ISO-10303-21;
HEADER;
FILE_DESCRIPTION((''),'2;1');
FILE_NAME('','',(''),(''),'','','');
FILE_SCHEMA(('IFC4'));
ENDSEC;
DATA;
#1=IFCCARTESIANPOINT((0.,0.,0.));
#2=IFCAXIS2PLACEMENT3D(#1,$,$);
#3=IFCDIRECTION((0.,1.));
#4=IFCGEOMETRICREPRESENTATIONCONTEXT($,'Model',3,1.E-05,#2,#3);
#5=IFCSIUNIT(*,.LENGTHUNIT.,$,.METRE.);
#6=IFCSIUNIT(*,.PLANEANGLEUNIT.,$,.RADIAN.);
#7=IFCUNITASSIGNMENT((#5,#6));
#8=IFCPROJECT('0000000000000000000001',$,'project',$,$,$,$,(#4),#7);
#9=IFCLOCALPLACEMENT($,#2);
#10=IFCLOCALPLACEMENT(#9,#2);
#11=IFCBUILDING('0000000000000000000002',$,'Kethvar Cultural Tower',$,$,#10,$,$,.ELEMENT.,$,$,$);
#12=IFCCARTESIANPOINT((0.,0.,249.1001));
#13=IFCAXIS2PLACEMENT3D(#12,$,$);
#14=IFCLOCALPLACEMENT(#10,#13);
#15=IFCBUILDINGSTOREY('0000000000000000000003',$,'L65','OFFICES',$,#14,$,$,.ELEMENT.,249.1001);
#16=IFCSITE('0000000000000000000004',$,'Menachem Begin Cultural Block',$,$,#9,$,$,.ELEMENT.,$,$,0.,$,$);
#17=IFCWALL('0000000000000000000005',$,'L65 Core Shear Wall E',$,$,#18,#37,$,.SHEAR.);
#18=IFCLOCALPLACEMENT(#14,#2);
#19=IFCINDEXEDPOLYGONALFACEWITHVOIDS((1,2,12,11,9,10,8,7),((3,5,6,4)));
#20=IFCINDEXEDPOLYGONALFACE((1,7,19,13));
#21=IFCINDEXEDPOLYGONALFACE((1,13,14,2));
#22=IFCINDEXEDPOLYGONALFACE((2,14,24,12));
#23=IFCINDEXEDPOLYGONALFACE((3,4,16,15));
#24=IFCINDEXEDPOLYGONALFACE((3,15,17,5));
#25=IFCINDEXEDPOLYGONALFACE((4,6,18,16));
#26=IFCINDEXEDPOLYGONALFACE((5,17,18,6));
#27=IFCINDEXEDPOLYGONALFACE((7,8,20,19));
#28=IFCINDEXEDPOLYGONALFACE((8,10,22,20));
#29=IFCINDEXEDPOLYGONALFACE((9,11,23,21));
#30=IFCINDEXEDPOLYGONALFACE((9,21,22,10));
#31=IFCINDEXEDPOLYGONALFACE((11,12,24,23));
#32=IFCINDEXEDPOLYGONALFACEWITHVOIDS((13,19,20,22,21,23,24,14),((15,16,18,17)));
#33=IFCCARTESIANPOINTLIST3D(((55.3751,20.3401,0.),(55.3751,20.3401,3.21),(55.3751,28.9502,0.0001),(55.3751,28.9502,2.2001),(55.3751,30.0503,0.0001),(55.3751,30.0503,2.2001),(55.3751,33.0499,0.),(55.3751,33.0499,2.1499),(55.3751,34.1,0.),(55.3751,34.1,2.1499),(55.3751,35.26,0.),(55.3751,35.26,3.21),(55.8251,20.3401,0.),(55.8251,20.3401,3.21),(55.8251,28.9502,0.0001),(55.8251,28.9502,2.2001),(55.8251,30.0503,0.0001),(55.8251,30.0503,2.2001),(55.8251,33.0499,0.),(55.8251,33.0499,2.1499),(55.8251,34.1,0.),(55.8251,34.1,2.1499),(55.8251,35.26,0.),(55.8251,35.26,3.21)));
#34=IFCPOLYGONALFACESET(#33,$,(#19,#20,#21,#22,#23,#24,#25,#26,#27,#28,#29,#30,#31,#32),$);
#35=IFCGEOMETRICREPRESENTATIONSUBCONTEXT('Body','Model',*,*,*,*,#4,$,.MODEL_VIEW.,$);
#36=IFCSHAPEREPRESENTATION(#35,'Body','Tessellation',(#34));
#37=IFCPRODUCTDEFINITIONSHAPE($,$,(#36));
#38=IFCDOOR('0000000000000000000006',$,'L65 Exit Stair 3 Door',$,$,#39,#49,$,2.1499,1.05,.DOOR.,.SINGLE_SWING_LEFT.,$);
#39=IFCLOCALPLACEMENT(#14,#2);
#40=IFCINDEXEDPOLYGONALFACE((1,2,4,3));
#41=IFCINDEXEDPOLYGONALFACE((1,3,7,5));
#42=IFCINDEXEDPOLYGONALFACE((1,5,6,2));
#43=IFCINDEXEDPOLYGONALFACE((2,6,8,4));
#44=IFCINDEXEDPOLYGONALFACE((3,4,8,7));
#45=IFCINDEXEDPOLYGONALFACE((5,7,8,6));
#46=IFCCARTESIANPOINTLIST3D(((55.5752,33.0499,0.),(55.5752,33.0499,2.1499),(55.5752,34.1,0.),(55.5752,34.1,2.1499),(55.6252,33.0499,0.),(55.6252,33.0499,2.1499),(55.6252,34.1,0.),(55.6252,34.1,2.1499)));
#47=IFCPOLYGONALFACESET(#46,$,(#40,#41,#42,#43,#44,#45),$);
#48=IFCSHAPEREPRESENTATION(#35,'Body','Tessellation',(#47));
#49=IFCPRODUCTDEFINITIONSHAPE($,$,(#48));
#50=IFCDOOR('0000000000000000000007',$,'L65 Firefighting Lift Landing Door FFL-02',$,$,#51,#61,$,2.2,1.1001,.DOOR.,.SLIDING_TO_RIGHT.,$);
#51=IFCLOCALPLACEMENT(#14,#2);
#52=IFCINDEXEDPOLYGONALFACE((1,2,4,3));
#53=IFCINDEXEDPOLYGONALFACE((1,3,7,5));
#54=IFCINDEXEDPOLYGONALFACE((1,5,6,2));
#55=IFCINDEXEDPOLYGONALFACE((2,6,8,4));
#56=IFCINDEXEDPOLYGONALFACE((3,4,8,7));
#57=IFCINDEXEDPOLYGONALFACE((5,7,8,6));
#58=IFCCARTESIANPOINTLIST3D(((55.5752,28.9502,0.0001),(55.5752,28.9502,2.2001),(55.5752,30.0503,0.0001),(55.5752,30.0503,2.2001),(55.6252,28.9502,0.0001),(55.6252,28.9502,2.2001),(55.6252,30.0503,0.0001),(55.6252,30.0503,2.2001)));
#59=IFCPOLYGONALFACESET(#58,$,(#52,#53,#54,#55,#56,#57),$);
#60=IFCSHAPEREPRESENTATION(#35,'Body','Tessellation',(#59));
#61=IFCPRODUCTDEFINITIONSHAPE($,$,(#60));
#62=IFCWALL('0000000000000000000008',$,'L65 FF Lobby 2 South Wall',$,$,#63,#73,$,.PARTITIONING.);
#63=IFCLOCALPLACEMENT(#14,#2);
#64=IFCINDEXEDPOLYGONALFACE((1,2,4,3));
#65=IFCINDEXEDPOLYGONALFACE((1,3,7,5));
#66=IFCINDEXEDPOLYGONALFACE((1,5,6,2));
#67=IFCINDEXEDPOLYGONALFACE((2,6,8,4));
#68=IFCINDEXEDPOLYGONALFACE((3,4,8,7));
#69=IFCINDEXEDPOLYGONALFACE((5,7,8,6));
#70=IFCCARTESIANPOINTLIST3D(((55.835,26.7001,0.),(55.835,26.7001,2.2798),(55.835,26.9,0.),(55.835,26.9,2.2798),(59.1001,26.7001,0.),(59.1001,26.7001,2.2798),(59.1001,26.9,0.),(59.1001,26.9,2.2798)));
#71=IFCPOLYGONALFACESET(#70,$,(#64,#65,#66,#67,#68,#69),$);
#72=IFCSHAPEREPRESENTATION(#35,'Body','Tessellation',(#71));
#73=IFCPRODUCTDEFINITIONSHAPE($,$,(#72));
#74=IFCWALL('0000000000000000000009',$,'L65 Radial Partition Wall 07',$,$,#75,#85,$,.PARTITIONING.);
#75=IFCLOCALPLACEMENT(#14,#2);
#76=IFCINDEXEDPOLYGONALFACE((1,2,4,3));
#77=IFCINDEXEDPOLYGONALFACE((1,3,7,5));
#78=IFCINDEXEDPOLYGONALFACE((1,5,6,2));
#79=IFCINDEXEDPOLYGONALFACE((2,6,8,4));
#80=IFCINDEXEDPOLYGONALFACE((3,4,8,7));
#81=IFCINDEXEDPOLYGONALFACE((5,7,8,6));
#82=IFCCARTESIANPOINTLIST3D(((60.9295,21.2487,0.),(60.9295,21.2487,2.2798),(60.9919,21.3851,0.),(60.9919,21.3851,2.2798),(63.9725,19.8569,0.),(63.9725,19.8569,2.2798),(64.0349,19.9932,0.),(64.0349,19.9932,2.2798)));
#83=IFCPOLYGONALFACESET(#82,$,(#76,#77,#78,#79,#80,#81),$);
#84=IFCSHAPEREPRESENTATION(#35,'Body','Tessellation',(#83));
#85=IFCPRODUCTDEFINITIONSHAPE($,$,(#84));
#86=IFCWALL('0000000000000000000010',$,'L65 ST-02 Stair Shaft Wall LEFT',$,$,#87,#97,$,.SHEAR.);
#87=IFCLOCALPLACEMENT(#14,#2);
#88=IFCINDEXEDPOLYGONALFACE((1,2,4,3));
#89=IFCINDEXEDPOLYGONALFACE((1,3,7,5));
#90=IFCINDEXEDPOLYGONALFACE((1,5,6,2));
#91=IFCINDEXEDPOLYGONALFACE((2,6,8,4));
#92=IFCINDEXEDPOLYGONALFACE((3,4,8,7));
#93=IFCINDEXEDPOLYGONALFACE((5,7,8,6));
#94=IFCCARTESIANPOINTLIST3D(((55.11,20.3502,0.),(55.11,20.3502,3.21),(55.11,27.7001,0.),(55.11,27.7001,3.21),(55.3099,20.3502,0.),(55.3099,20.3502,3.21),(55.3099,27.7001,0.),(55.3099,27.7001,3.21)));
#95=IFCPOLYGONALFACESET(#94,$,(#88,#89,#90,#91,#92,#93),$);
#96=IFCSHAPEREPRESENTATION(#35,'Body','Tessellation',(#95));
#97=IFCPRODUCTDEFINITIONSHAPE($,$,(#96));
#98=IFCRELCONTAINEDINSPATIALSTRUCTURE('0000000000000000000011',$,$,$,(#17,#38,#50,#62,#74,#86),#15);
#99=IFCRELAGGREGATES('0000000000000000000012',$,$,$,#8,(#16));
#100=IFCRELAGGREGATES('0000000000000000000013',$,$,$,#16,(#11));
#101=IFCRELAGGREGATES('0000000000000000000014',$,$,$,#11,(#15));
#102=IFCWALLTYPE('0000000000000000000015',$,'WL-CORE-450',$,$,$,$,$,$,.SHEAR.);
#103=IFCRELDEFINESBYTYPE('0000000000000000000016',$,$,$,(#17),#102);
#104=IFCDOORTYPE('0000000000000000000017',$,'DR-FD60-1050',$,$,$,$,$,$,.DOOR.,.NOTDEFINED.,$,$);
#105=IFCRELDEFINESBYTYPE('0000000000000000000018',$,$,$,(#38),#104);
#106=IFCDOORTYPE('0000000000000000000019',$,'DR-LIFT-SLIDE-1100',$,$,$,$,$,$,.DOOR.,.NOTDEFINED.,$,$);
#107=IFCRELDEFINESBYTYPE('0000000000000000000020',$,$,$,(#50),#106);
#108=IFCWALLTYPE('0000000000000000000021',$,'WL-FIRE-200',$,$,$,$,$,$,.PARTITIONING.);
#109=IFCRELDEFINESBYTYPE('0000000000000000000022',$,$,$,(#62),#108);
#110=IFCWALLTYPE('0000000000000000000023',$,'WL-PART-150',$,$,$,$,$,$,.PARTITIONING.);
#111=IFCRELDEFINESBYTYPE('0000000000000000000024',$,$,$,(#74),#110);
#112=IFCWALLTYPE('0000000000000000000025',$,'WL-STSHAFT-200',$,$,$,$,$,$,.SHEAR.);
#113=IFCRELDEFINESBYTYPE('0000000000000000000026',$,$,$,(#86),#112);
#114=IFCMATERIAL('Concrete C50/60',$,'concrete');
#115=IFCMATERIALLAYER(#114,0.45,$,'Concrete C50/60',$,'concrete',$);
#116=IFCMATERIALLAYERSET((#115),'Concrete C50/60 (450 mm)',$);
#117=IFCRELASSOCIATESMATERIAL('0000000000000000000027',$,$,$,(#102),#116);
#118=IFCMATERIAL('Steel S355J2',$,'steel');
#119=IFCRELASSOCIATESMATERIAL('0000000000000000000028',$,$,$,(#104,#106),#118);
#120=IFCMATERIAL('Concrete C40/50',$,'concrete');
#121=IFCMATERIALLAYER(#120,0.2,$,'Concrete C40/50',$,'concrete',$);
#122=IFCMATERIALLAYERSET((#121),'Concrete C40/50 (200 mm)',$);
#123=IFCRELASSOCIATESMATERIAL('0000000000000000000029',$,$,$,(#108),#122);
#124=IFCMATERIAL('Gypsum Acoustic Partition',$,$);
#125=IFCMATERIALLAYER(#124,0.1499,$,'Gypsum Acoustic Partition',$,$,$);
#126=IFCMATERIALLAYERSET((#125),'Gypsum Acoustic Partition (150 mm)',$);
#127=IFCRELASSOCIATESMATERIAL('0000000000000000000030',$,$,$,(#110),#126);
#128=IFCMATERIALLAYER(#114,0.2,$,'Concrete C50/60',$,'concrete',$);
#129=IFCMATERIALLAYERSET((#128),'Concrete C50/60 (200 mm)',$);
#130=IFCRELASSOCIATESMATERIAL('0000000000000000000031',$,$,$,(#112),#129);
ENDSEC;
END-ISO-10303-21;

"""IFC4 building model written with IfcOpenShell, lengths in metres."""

from ifc_helpers import new_model, si_unit, direction, frame, frame_2d, origin, place, context, subcontext, project, spatial, rectangle, extrude, source, transform, mapped, material, layer, layer_set, type_object, element, fill, save


model = new_model("IFC4")

# Units and contexts
model_context = context("Model", 3, precision=1e-05, world=origin(), true_north=direction((0.0, 1.0)))
body_context = subcontext(model_context, "Body", "Model", "MODEL_VIEW")
ifc_project = project(units=[si_unit("LENGTHUNIT", "METRE"), si_unit("PLANEANGLEUNIT", "RADIAN")], contexts=[model_context])

# Site, building, storey
site_placement = place(None, origin())
site = spatial("IfcSite", under=ifc_project, at=site_placement, Name="Menachem Begin Cultural Block", CompositionType="ELEMENT", RefElevation=0.0)
building_placement = place(site_placement, origin())
building = spatial("IfcBuilding", under=site, at=building_placement, Name="Kethvar Cultural Tower", CompositionType="ELEMENT")
storey_placement = place(building_placement, frame((0.0, 0.0, 249.1001)))
storey = spatial("IfcBuildingStorey", under=building, at=storey_placement, Name="L65", Description="OFFICES", CompositionType="ELEMENT", Elevation=249.1001)

# Shared definitions
ifc_material_1 = material(Name="Steel S355J2", Category="steel")

# Wall, openings, doors
ifc_material_2 = material(Name="Concrete C50/60", Category="concrete")
ifc_layer_1 = layer(ifc_material_2, 0.45, Name="Concrete C50/60", Category="concrete")
ifc_layer_set_1 = layer_set([ifc_layer_1], Name="Concrete C50/60 (450 mm)")
wall_type_1 = type_object("IfcWallType", Name="WL-CORE-450", PredefinedType="SHEAR", material=ifc_layer_set_1)
wall_1_placement = place(storey_placement, frame((55.6001, 20.3401, 0.0), z_axis=(0.0, 0.0, 1.0), x_axis=(0.0, 1.0, 0.0)))
wall_1 = element("IfcWall", 1, at=wall_1_placement, inside=storey, type_object=wall_type_1, Name="L65 Core Shear Wall E", PredefinedType="SHEAR", context=body_context, shape_type="SweptSolid", body=[
    extrude(rectangle(XDim=14.9199, YDim=0.45, at=frame_2d((7.46, 0.0))), origin(), (0.0, 0.0, 1.0), 3.21),
])
opening_1_placement = place(wall_1_placement, frame((12.71, 0.0, 0.0)))
opening_1 = element("IfcOpeningElement", 2, at=opening_1_placement, cuts=wall_1, PredefinedType="OPENING", context=body_context, shape_type="SweptSolid", body=[
    extrude(rectangle(XDim=1.05, YDim=2.1499, at=frame_2d((0.5249, 1.075))), frame((0.0, 0.2349, 0.0), z_axis=(0.0, -1.0, 0.0), x_axis=(1.0, 0.0, 0.0)), (0.0, 0.0, 1.0), 0.47),
])
opening_2_placement = place(wall_1_placement, frame((8.6101, 0.0, 0.0)))
opening_2 = element("IfcOpeningElement", 3, at=opening_2_placement, cuts=wall_1, PredefinedType="OPENING", context=body_context, shape_type="SweptSolid", body=[
    extrude(rectangle(XDim=1.1001, YDim=2.2, at=frame_2d((0.55, 1.1001))), frame((0.0, 0.2349, 0.0), z_axis=(0.0, -1.0, 0.0), x_axis=(1.0, 0.0, 0.0)), (0.0, 0.0, 1.0), 0.47),
])
door_type_1 = type_object("IfcDoorType", Name="DR-FD60-1050", OperationType="NOTDEFINED", PredefinedType="DOOR", material=ifc_material_1)
shared_shape_1 = source(origin(), body_context, "Body", "SweptSolid", [
    extrude(rectangle(XDim=1.05, YDim=2.1499, at=frame_2d((0.5249, 1.075))), frame((0.0, 0.0249, 0.0), z_axis=(0.0, -1.0, 0.0), x_axis=(1.0, 0.0, 0.0)), (0.0, 0.0, 1.0), 0.05),
])
door_1_placement = place(opening_1_placement, origin())
door_1 = element("IfcDoor", 4, at=door_1_placement, inside=storey, type_object=door_type_1, Name="L65 Exit Stair 3 Door", OperationType="SINGLE_SWING_LEFT", OverallHeight=2.1499, OverallWidth=1.05, PredefinedType="DOOR", context=body_context, shape_type="MappedRepresentation", body=[
    mapped(shared_shape_1, transform((0.0, 0.0, 0.0), scale=1.0)),
])
fill(opening_1, door_1)
door_type_2 = type_object("IfcDoorType", Name="DR-LIFT-SLIDE-1100", OperationType="NOTDEFINED", PredefinedType="DOOR", material=ifc_material_1)
shared_shape_2 = source(origin(), body_context, "Body", "SweptSolid", [
    extrude(rectangle(XDim=1.1001, YDim=2.2, at=frame_2d((0.55, 1.1001))), frame((0.0, 0.0249, 0.0), z_axis=(0.0, -1.0, 0.0), x_axis=(1.0, 0.0, 0.0)), (0.0, 0.0, 1.0), 0.05),
])
door_2_placement = place(opening_2_placement, origin())
door_2 = element("IfcDoor", 5, at=door_2_placement, inside=storey, type_object=door_type_2, Name="L65 Firefighting Lift Landing Door FFL-02", OperationType="SLIDING_TO_RIGHT", OverallHeight=2.2, OverallWidth=1.1001, PredefinedType="DOOR", context=body_context, shape_type="MappedRepresentation", body=[
    mapped(shared_shape_2, transform((0.0, 0.0, 0.0), scale=1.0)),
])
fill(opening_2, door_2)

# Shared definitions
ifc_material_3 = material(Name="Concrete C40/50", Category="concrete")
ifc_layer_2 = layer(ifc_material_3, 0.2, Name="Concrete C40/50", Category="concrete")
ifc_layer_set_2 = layer_set([ifc_layer_2], Name="Concrete C40/50 (200 mm)")
wall_type_2 = type_object("IfcWallType", Name="WL-FIRE-200", PredefinedType="PARTITIONING", material=ifc_layer_set_2)

# Walls
wall_2_placement = place(storey_placement, frame((55.835, 26.8, 0.0), z_axis=(0.0, 0.0, 1.0), x_axis=(1.0, 0.0, 0.0)))
element("IfcWall", 6, at=wall_2_placement, inside=storey, type_object=wall_type_2, Name="L65 FF Lobby 2 South Wall", PredefinedType="PARTITIONING", context=body_context, shape_type="SweptSolid", body=[
    extrude(rectangle(XDim=3.2651, YDim=0.2, at=frame_2d((1.6326, 0.0))), origin(), (0.0, 0.0, 1.0), 2.2798),
])
ifc_material_4 = material(Name="Gypsum Acoustic Partition")
ifc_layer_3 = layer(ifc_material_4, 0.1499, Name="Gypsum Acoustic Partition")
ifc_layer_set_3 = layer_set([ifc_layer_3], Name="Gypsum Acoustic Partition (150 mm)")
wall_type_3 = type_object("IfcWallType", Name="WL-PART-150", PredefinedType="PARTITIONING", material=ifc_layer_set_3)
wall_3_placement = place(storey_placement, frame((60.9607, 21.3169, 0.0), z_axis=(0.0, 0.0, 1.0), x_axis=(0.909387, -0.415951, 0.0)))
element("IfcWall", 7, at=wall_3_placement, inside=storey, type_object=wall_type_3, Name="L65 Radial Partition Wall 07", PredefinedType="PARTITIONING", context=body_context, shape_type="SweptSolid", body=[
    extrude(rectangle(XDim=3.3462, YDim=0.1499, at=frame_2d((1.6731, 0.0))), origin(), (0.0, 0.0, 1.0), 2.2798),
])
ifc_layer_4 = layer(ifc_material_2, 0.2, Name="Concrete C50/60", Category="concrete")
ifc_layer_set_4 = layer_set([ifc_layer_4], Name="Concrete C50/60 (200 mm)")
wall_type_4 = type_object("IfcWallType", Name="WL-STSHAFT-200", PredefinedType="SHEAR", material=ifc_layer_set_4)
wall_4_placement = place(storey_placement, frame((55.21, 27.7, 0.0), z_axis=(0.0, 0.0, 1.0), x_axis=(0.0, -1.0, 0.0)))
element("IfcWall", 8, at=wall_4_placement, inside=storey, type_object=wall_type_4, Name="L65 ST-02 Stair Shaft Wall LEFT", PredefinedType="SHEAR", context=body_context, shape_type="SweptSolid", body=[
    extrude(rectangle(XDim=7.3499, YDim=0.2, at=frame_2d((3.6748, 0.0))), origin(), (0.0, 0.0, 1.0), 3.21),
])

save(model, "model.ifc")
